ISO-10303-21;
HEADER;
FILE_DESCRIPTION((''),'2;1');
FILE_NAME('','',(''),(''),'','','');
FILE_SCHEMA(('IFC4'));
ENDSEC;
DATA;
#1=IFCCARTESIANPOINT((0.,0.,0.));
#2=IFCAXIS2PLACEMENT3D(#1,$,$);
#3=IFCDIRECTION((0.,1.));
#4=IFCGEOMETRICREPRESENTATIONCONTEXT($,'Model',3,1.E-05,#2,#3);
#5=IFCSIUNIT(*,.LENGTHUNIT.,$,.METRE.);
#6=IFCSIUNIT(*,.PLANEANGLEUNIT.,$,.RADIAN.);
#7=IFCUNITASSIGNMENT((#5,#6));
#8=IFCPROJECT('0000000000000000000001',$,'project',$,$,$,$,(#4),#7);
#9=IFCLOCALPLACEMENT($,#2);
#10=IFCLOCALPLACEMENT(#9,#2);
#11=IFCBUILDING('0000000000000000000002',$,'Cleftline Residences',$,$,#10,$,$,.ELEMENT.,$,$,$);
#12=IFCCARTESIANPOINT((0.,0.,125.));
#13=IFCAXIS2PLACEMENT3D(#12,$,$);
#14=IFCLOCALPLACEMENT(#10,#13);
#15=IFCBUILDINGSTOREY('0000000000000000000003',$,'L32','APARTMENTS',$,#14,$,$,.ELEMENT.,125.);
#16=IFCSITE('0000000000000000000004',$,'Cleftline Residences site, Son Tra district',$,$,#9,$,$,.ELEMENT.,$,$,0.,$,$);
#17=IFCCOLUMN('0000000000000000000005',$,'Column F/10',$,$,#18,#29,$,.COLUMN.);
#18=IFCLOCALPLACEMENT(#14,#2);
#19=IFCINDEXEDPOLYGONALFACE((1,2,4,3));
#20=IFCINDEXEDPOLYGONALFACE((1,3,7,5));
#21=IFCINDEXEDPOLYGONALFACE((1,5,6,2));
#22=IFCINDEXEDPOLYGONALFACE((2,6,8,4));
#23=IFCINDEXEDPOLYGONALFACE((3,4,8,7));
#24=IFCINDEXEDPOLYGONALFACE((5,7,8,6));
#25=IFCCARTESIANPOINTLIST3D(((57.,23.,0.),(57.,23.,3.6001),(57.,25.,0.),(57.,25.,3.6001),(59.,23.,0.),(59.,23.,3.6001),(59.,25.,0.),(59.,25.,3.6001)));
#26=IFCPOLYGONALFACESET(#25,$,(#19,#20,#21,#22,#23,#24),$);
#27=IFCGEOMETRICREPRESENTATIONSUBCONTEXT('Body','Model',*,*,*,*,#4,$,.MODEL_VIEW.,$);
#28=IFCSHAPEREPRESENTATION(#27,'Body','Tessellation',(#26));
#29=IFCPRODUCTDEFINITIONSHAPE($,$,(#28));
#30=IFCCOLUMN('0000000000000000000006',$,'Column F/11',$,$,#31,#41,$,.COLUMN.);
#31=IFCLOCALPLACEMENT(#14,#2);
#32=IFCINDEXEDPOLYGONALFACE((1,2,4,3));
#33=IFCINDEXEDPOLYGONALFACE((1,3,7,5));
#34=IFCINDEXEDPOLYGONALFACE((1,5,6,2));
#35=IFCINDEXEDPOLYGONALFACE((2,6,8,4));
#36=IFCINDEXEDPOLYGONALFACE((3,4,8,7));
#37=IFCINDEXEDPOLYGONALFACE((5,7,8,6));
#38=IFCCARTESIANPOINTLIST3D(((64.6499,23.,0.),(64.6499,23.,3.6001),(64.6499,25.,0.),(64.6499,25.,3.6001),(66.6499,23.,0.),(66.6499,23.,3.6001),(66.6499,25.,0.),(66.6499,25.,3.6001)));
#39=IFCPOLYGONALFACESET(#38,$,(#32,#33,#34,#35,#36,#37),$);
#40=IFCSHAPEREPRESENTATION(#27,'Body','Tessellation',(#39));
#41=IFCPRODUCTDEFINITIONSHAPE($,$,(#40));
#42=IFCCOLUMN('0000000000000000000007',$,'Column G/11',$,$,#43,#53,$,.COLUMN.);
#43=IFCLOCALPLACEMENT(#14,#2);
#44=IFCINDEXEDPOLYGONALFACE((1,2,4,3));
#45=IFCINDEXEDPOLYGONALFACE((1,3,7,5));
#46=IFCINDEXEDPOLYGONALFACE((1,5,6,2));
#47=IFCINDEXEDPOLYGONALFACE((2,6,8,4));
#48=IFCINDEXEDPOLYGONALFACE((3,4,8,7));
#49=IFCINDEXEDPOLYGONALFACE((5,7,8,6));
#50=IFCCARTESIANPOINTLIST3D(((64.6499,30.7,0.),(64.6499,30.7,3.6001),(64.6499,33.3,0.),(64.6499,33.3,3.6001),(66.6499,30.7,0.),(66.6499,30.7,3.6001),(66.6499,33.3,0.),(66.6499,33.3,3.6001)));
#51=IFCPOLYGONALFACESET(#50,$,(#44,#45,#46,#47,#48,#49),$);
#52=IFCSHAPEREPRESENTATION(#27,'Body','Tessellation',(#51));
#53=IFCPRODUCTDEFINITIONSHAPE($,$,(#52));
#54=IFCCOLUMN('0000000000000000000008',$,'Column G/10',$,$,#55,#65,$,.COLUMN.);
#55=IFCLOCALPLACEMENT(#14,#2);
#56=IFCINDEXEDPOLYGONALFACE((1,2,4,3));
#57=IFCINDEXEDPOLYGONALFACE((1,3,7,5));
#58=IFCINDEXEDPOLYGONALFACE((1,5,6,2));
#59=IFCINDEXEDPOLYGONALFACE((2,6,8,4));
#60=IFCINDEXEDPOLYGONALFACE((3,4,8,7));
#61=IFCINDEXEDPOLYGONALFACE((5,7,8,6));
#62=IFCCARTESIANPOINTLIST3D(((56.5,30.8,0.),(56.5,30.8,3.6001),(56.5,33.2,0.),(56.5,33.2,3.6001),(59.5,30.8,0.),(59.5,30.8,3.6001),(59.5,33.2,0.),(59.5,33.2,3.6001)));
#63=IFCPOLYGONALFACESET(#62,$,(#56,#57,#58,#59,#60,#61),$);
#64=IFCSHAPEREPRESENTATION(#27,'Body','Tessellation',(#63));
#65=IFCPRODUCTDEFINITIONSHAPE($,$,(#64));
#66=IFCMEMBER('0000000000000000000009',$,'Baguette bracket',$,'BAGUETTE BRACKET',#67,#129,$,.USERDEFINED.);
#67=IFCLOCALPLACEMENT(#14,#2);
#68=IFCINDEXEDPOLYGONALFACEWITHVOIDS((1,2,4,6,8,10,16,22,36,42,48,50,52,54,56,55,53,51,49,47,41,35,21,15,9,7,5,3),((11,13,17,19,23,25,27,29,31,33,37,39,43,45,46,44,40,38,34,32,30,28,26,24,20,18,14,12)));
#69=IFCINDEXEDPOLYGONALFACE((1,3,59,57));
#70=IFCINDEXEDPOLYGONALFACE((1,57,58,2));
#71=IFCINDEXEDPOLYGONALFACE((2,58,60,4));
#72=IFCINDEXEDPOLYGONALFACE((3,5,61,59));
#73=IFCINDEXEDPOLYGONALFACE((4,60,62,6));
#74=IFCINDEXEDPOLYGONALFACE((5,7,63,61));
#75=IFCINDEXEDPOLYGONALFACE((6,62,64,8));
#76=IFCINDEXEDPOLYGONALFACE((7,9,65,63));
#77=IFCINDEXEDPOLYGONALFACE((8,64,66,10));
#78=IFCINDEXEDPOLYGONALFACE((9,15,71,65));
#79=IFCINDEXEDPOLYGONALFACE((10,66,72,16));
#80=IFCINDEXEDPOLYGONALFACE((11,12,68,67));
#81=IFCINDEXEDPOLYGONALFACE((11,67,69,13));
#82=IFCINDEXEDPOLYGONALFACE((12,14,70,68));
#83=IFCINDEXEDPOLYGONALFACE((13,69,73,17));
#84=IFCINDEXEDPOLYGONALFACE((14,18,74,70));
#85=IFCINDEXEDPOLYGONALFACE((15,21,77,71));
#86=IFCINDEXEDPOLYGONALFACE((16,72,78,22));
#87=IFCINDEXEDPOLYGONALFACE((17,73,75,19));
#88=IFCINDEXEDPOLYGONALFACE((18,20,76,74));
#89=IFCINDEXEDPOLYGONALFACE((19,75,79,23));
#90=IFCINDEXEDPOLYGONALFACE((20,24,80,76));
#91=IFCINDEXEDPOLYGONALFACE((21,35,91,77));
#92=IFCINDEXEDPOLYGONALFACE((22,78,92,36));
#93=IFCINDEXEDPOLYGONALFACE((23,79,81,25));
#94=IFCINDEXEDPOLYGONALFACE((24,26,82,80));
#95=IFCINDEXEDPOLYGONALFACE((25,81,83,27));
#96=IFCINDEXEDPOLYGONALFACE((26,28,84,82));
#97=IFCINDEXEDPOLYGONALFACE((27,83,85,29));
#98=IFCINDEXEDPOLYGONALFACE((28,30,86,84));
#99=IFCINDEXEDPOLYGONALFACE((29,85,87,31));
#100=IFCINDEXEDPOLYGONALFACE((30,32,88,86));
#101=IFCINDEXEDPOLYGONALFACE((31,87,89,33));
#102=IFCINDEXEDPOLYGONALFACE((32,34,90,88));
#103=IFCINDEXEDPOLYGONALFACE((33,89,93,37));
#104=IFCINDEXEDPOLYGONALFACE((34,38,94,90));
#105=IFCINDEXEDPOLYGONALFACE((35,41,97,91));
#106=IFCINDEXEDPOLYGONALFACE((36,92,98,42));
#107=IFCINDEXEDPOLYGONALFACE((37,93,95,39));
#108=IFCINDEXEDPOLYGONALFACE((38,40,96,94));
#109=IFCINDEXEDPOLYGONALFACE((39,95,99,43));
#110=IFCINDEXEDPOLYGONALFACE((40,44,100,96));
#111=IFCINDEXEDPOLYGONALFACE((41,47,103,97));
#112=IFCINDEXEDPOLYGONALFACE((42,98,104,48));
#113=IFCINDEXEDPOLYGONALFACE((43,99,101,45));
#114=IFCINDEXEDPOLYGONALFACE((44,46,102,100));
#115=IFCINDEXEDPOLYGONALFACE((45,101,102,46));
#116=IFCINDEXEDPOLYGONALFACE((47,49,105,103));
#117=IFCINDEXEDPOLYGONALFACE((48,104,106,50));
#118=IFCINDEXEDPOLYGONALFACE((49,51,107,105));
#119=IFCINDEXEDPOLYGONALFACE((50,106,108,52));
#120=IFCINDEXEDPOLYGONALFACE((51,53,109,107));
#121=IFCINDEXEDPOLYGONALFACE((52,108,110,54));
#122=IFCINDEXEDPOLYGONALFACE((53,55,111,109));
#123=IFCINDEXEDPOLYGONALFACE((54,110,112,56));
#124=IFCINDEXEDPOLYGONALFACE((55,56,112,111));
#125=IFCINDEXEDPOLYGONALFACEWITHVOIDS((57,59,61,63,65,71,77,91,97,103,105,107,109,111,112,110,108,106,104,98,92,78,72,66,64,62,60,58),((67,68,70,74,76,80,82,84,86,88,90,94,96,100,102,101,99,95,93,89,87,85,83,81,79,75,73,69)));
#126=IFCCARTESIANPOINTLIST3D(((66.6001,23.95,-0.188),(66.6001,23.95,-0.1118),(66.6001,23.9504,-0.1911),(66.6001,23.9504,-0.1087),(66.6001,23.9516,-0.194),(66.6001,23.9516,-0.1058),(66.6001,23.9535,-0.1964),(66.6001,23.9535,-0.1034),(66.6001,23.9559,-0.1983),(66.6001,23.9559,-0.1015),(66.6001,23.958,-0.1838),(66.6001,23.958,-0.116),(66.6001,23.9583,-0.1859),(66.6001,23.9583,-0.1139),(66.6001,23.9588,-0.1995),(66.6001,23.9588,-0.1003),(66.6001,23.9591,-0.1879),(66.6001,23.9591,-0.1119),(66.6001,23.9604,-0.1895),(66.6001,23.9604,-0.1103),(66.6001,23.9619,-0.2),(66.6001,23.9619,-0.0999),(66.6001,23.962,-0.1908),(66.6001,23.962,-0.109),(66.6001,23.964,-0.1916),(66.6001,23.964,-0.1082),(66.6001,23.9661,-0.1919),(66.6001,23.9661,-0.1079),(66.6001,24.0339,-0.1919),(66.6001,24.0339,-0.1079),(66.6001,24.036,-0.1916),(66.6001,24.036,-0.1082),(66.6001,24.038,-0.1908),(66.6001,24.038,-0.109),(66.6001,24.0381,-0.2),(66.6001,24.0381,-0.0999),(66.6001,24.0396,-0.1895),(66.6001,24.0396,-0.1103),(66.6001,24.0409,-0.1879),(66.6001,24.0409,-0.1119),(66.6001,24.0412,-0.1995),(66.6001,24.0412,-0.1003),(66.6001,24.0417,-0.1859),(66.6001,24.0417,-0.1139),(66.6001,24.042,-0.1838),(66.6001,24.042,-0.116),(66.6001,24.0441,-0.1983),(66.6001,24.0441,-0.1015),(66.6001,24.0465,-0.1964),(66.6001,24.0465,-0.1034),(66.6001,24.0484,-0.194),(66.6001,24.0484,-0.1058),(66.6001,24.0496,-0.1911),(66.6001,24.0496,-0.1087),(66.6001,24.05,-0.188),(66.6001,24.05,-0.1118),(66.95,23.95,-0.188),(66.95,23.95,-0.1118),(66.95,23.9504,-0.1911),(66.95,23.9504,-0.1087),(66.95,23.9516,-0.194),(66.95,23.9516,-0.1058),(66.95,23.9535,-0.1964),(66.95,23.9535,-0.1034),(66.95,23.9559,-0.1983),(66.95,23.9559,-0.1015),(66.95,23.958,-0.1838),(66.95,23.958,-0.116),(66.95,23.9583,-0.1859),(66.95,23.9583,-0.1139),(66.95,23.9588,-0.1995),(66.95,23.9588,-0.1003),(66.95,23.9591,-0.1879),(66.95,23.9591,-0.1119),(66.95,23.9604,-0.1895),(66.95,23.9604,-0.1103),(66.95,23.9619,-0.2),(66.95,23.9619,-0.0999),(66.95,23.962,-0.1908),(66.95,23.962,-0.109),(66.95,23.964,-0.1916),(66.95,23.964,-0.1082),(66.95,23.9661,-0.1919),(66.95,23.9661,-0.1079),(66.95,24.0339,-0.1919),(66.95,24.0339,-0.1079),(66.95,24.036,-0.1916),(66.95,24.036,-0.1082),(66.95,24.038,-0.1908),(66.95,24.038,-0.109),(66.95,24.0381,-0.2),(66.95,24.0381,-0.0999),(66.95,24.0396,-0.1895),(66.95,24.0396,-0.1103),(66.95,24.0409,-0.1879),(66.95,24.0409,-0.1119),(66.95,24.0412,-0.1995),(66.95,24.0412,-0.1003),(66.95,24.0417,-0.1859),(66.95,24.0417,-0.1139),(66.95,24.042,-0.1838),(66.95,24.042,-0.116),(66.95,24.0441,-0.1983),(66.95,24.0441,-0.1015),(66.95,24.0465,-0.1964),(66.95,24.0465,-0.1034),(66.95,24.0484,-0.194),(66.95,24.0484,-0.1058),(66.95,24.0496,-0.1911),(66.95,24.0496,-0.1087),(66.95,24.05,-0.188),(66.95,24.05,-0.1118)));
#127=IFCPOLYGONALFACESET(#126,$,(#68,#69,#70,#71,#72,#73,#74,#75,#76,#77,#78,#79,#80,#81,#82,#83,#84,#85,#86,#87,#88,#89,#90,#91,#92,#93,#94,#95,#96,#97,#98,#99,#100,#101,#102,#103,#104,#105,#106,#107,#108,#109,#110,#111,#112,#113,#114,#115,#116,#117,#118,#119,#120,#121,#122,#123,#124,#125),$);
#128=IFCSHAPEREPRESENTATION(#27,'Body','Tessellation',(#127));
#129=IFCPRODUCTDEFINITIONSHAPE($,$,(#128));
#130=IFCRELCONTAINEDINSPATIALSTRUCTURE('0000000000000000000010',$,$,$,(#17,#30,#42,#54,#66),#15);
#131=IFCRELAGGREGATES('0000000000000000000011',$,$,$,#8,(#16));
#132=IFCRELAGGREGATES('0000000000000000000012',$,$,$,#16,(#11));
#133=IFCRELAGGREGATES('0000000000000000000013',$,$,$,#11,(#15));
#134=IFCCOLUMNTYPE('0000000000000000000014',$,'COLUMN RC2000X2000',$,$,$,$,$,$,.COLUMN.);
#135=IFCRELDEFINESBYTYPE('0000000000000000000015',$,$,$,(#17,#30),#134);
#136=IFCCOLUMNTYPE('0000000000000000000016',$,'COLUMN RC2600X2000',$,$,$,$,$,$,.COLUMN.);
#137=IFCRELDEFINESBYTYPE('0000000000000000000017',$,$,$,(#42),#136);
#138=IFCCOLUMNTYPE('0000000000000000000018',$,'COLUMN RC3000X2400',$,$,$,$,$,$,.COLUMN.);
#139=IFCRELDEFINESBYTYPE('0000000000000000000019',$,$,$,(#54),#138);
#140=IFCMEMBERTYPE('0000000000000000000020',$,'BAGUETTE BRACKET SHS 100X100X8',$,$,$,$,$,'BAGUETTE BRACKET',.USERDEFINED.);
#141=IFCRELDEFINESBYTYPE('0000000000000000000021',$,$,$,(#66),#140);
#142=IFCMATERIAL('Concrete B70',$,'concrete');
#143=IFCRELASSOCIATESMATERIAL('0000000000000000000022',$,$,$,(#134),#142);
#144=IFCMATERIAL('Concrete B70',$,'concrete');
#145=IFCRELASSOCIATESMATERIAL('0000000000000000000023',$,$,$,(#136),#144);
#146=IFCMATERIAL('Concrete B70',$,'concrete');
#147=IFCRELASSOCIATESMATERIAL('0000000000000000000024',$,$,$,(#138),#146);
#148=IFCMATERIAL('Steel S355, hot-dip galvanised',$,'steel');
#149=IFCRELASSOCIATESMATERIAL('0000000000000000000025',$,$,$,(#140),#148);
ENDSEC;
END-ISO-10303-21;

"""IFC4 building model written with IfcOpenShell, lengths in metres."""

from ifc_helpers import new_model, si_unit, direction, frame, origin, origin_2d, place, context, subcontext, project, spatial, rectangle, hollow_rectangle, extrude, material, material_profile, profile_set, type_object, element, save


model = new_model("IFC4")

# Units and contexts
model_context = context("Model", 3, precision=1e-05, world=origin(), true_north=direction((0.0, 1.0)))
body_context = subcontext(model_context, "Body", "Model", "MODEL_VIEW")
ifc_project = project(units=[si_unit("LENGTHUNIT", "METRE"), si_unit("PLANEANGLEUNIT", "RADIAN")], contexts=[model_context])

# Site, building, storey
site_placement = place(None, origin())
site = spatial("IfcSite", under=ifc_project, at=site_placement, Name="Cleftline Residences site, Son Tra district", CompositionType="ELEMENT", RefElevation=0.0)
building_placement = place(site_placement, origin())
building = spatial("IfcBuilding", under=site, at=building_placement, Name="Cleftline Residences", CompositionType="ELEMENT")
storey_placement = place(building_placement, frame((0.0, 0.0, 125.0)))
storey = spatial("IfcBuildingStorey", under=building, at=storey_placement, Name="L32", Description="APARTMENTS", CompositionType="ELEMENT", Elevation=125.0)

# Columns
ifc_material_1 = material(Name="Concrete B70", Category="concrete")
ifc_material_profile_1 = material_profile(ifc_material_1, rectangle(XDim=2.0, YDim=2.0, at=origin_2d()))
ifc_profile_set_1 = profile_set([ifc_material_profile_1], Name="Concrete B70")
column_type_1 = type_object("IfcColumnType", Name="COLUMN RC2000X2000", PredefinedType="COLUMN", material=ifc_profile_set_1)
for number, where, z_axis, x_axis, name in (
    (1, (58.0, 24.0, 0.0), (0.0, 0.0, 1.0), (1.0, 0.0, 0.0), "Column F/10"),
    (2, (65.6499, 24.0, 0.0), (0.0, 0.0, 1.0), (1.0, 0.0, 0.0), "Column F/11"),
):
    element("IfcColumn", number, at=place(storey_placement, frame(where, z_axis=z_axis, x_axis=x_axis)), inside=storey, type_object=column_type_1, Name=name, PredefinedType="COLUMN", context=body_context, shape_type="SweptSolid", body=[
        extrude(rectangle(XDim=2.0, YDim=2.0, at=origin_2d()), origin(), (0.0, 0.0, 1.0), 3.6001),
    ])
ifc_material_2 = material(Name="Concrete B70", Category="concrete")
ifc_material_profile_2 = material_profile(ifc_material_2, rectangle(XDim=2.6001, YDim=2.0, at=origin_2d()))
ifc_profile_set_2 = profile_set([ifc_material_profile_2], Name="Concrete B70")
column_type_2 = type_object("IfcColumnType", Name="COLUMN RC2600X2000", PredefinedType="COLUMN", material=ifc_profile_set_2)
column_1_placement = place(storey_placement, frame((65.6499, 32.0, 0.0), z_axis=(0.0, 0.0, 1.0), x_axis=(0.0, 1.0, 0.0)))
element("IfcColumn", 3, at=column_1_placement, inside=storey, type_object=column_type_2, Name="Column G/11", PredefinedType="COLUMN", context=body_context, shape_type="SweptSolid", body=[
    extrude(rectangle(XDim=2.6001, YDim=2.0, at=origin_2d()), origin(), (0.0, 0.0, 1.0), 3.6001),
])
ifc_material_3 = material(Name="Concrete B70", Category="concrete")
ifc_material_profile_3 = material_profile(ifc_material_3, rectangle(XDim=3.0, YDim=2.3999, at=origin_2d()))
ifc_profile_set_3 = profile_set([ifc_material_profile_3], Name="Concrete B70")
column_type_3 = type_object("IfcColumnType", Name="COLUMN RC3000X2400", PredefinedType="COLUMN", material=ifc_profile_set_3)
column_2_placement = place(storey_placement, frame((58.0, 32.0, 0.0), z_axis=(0.0, 0.0, 1.0), x_axis=(1.0, 0.0, 0.0)))
element("IfcColumn", 4, at=column_2_placement, inside=storey, type_object=column_type_3, Name="Column G/10", PredefinedType="COLUMN", context=body_context, shape_type="SweptSolid", body=[
    extrude(rectangle(XDim=3.0, YDim=2.3999, at=origin_2d()), origin(), (0.0, 0.0, 1.0), 3.6001),
])

# Member
ifc_material_4 = material(Name="Steel S355, hot-dip galvanised", Category="steel")
ifc_material_profile_4 = material_profile(ifc_material_4, hollow_rectangle(XDim=0.1001, YDim=0.1001, WallThickness=0.0081, InnerFilletRadius=0.0081, OuterFilletRadius=0.012, at=origin_2d()))
ifc_profile_set_4 = profile_set([ifc_material_profile_4], Name="Steel S355, hot-dip galvanised")
member_type_1 = type_object("IfcMemberType", Name="BAGUETTE BRACKET SHS 100X100X8", ElementType="BAGUETTE BRACKET", PredefinedType="USERDEFINED", material=ifc_profile_set_4)
member_1_placement = place(storey_placement, frame((66.6001, 24.0, -0.1499), z_axis=(1.0, 0.0, 0.0), x_axis=(0.0, 1.0, 0.0)))
element("IfcMember", 5, at=member_1_placement, inside=storey, type_object=member_type_1, Name="Baguette bracket", ObjectType="BAGUETTE BRACKET", PredefinedType="USERDEFINED", context=body_context, shape_type="SweptSolid", body=[
    extrude(hollow_rectangle(XDim=0.1001, YDim=0.1001, WallThickness=0.0081, InnerFilletRadius=0.0081, OuterFilletRadius=0.012, at=origin_2d()), origin(), (0.0, 0.0, 1.0), 0.3499),
])

save(model, "model.ifc")
